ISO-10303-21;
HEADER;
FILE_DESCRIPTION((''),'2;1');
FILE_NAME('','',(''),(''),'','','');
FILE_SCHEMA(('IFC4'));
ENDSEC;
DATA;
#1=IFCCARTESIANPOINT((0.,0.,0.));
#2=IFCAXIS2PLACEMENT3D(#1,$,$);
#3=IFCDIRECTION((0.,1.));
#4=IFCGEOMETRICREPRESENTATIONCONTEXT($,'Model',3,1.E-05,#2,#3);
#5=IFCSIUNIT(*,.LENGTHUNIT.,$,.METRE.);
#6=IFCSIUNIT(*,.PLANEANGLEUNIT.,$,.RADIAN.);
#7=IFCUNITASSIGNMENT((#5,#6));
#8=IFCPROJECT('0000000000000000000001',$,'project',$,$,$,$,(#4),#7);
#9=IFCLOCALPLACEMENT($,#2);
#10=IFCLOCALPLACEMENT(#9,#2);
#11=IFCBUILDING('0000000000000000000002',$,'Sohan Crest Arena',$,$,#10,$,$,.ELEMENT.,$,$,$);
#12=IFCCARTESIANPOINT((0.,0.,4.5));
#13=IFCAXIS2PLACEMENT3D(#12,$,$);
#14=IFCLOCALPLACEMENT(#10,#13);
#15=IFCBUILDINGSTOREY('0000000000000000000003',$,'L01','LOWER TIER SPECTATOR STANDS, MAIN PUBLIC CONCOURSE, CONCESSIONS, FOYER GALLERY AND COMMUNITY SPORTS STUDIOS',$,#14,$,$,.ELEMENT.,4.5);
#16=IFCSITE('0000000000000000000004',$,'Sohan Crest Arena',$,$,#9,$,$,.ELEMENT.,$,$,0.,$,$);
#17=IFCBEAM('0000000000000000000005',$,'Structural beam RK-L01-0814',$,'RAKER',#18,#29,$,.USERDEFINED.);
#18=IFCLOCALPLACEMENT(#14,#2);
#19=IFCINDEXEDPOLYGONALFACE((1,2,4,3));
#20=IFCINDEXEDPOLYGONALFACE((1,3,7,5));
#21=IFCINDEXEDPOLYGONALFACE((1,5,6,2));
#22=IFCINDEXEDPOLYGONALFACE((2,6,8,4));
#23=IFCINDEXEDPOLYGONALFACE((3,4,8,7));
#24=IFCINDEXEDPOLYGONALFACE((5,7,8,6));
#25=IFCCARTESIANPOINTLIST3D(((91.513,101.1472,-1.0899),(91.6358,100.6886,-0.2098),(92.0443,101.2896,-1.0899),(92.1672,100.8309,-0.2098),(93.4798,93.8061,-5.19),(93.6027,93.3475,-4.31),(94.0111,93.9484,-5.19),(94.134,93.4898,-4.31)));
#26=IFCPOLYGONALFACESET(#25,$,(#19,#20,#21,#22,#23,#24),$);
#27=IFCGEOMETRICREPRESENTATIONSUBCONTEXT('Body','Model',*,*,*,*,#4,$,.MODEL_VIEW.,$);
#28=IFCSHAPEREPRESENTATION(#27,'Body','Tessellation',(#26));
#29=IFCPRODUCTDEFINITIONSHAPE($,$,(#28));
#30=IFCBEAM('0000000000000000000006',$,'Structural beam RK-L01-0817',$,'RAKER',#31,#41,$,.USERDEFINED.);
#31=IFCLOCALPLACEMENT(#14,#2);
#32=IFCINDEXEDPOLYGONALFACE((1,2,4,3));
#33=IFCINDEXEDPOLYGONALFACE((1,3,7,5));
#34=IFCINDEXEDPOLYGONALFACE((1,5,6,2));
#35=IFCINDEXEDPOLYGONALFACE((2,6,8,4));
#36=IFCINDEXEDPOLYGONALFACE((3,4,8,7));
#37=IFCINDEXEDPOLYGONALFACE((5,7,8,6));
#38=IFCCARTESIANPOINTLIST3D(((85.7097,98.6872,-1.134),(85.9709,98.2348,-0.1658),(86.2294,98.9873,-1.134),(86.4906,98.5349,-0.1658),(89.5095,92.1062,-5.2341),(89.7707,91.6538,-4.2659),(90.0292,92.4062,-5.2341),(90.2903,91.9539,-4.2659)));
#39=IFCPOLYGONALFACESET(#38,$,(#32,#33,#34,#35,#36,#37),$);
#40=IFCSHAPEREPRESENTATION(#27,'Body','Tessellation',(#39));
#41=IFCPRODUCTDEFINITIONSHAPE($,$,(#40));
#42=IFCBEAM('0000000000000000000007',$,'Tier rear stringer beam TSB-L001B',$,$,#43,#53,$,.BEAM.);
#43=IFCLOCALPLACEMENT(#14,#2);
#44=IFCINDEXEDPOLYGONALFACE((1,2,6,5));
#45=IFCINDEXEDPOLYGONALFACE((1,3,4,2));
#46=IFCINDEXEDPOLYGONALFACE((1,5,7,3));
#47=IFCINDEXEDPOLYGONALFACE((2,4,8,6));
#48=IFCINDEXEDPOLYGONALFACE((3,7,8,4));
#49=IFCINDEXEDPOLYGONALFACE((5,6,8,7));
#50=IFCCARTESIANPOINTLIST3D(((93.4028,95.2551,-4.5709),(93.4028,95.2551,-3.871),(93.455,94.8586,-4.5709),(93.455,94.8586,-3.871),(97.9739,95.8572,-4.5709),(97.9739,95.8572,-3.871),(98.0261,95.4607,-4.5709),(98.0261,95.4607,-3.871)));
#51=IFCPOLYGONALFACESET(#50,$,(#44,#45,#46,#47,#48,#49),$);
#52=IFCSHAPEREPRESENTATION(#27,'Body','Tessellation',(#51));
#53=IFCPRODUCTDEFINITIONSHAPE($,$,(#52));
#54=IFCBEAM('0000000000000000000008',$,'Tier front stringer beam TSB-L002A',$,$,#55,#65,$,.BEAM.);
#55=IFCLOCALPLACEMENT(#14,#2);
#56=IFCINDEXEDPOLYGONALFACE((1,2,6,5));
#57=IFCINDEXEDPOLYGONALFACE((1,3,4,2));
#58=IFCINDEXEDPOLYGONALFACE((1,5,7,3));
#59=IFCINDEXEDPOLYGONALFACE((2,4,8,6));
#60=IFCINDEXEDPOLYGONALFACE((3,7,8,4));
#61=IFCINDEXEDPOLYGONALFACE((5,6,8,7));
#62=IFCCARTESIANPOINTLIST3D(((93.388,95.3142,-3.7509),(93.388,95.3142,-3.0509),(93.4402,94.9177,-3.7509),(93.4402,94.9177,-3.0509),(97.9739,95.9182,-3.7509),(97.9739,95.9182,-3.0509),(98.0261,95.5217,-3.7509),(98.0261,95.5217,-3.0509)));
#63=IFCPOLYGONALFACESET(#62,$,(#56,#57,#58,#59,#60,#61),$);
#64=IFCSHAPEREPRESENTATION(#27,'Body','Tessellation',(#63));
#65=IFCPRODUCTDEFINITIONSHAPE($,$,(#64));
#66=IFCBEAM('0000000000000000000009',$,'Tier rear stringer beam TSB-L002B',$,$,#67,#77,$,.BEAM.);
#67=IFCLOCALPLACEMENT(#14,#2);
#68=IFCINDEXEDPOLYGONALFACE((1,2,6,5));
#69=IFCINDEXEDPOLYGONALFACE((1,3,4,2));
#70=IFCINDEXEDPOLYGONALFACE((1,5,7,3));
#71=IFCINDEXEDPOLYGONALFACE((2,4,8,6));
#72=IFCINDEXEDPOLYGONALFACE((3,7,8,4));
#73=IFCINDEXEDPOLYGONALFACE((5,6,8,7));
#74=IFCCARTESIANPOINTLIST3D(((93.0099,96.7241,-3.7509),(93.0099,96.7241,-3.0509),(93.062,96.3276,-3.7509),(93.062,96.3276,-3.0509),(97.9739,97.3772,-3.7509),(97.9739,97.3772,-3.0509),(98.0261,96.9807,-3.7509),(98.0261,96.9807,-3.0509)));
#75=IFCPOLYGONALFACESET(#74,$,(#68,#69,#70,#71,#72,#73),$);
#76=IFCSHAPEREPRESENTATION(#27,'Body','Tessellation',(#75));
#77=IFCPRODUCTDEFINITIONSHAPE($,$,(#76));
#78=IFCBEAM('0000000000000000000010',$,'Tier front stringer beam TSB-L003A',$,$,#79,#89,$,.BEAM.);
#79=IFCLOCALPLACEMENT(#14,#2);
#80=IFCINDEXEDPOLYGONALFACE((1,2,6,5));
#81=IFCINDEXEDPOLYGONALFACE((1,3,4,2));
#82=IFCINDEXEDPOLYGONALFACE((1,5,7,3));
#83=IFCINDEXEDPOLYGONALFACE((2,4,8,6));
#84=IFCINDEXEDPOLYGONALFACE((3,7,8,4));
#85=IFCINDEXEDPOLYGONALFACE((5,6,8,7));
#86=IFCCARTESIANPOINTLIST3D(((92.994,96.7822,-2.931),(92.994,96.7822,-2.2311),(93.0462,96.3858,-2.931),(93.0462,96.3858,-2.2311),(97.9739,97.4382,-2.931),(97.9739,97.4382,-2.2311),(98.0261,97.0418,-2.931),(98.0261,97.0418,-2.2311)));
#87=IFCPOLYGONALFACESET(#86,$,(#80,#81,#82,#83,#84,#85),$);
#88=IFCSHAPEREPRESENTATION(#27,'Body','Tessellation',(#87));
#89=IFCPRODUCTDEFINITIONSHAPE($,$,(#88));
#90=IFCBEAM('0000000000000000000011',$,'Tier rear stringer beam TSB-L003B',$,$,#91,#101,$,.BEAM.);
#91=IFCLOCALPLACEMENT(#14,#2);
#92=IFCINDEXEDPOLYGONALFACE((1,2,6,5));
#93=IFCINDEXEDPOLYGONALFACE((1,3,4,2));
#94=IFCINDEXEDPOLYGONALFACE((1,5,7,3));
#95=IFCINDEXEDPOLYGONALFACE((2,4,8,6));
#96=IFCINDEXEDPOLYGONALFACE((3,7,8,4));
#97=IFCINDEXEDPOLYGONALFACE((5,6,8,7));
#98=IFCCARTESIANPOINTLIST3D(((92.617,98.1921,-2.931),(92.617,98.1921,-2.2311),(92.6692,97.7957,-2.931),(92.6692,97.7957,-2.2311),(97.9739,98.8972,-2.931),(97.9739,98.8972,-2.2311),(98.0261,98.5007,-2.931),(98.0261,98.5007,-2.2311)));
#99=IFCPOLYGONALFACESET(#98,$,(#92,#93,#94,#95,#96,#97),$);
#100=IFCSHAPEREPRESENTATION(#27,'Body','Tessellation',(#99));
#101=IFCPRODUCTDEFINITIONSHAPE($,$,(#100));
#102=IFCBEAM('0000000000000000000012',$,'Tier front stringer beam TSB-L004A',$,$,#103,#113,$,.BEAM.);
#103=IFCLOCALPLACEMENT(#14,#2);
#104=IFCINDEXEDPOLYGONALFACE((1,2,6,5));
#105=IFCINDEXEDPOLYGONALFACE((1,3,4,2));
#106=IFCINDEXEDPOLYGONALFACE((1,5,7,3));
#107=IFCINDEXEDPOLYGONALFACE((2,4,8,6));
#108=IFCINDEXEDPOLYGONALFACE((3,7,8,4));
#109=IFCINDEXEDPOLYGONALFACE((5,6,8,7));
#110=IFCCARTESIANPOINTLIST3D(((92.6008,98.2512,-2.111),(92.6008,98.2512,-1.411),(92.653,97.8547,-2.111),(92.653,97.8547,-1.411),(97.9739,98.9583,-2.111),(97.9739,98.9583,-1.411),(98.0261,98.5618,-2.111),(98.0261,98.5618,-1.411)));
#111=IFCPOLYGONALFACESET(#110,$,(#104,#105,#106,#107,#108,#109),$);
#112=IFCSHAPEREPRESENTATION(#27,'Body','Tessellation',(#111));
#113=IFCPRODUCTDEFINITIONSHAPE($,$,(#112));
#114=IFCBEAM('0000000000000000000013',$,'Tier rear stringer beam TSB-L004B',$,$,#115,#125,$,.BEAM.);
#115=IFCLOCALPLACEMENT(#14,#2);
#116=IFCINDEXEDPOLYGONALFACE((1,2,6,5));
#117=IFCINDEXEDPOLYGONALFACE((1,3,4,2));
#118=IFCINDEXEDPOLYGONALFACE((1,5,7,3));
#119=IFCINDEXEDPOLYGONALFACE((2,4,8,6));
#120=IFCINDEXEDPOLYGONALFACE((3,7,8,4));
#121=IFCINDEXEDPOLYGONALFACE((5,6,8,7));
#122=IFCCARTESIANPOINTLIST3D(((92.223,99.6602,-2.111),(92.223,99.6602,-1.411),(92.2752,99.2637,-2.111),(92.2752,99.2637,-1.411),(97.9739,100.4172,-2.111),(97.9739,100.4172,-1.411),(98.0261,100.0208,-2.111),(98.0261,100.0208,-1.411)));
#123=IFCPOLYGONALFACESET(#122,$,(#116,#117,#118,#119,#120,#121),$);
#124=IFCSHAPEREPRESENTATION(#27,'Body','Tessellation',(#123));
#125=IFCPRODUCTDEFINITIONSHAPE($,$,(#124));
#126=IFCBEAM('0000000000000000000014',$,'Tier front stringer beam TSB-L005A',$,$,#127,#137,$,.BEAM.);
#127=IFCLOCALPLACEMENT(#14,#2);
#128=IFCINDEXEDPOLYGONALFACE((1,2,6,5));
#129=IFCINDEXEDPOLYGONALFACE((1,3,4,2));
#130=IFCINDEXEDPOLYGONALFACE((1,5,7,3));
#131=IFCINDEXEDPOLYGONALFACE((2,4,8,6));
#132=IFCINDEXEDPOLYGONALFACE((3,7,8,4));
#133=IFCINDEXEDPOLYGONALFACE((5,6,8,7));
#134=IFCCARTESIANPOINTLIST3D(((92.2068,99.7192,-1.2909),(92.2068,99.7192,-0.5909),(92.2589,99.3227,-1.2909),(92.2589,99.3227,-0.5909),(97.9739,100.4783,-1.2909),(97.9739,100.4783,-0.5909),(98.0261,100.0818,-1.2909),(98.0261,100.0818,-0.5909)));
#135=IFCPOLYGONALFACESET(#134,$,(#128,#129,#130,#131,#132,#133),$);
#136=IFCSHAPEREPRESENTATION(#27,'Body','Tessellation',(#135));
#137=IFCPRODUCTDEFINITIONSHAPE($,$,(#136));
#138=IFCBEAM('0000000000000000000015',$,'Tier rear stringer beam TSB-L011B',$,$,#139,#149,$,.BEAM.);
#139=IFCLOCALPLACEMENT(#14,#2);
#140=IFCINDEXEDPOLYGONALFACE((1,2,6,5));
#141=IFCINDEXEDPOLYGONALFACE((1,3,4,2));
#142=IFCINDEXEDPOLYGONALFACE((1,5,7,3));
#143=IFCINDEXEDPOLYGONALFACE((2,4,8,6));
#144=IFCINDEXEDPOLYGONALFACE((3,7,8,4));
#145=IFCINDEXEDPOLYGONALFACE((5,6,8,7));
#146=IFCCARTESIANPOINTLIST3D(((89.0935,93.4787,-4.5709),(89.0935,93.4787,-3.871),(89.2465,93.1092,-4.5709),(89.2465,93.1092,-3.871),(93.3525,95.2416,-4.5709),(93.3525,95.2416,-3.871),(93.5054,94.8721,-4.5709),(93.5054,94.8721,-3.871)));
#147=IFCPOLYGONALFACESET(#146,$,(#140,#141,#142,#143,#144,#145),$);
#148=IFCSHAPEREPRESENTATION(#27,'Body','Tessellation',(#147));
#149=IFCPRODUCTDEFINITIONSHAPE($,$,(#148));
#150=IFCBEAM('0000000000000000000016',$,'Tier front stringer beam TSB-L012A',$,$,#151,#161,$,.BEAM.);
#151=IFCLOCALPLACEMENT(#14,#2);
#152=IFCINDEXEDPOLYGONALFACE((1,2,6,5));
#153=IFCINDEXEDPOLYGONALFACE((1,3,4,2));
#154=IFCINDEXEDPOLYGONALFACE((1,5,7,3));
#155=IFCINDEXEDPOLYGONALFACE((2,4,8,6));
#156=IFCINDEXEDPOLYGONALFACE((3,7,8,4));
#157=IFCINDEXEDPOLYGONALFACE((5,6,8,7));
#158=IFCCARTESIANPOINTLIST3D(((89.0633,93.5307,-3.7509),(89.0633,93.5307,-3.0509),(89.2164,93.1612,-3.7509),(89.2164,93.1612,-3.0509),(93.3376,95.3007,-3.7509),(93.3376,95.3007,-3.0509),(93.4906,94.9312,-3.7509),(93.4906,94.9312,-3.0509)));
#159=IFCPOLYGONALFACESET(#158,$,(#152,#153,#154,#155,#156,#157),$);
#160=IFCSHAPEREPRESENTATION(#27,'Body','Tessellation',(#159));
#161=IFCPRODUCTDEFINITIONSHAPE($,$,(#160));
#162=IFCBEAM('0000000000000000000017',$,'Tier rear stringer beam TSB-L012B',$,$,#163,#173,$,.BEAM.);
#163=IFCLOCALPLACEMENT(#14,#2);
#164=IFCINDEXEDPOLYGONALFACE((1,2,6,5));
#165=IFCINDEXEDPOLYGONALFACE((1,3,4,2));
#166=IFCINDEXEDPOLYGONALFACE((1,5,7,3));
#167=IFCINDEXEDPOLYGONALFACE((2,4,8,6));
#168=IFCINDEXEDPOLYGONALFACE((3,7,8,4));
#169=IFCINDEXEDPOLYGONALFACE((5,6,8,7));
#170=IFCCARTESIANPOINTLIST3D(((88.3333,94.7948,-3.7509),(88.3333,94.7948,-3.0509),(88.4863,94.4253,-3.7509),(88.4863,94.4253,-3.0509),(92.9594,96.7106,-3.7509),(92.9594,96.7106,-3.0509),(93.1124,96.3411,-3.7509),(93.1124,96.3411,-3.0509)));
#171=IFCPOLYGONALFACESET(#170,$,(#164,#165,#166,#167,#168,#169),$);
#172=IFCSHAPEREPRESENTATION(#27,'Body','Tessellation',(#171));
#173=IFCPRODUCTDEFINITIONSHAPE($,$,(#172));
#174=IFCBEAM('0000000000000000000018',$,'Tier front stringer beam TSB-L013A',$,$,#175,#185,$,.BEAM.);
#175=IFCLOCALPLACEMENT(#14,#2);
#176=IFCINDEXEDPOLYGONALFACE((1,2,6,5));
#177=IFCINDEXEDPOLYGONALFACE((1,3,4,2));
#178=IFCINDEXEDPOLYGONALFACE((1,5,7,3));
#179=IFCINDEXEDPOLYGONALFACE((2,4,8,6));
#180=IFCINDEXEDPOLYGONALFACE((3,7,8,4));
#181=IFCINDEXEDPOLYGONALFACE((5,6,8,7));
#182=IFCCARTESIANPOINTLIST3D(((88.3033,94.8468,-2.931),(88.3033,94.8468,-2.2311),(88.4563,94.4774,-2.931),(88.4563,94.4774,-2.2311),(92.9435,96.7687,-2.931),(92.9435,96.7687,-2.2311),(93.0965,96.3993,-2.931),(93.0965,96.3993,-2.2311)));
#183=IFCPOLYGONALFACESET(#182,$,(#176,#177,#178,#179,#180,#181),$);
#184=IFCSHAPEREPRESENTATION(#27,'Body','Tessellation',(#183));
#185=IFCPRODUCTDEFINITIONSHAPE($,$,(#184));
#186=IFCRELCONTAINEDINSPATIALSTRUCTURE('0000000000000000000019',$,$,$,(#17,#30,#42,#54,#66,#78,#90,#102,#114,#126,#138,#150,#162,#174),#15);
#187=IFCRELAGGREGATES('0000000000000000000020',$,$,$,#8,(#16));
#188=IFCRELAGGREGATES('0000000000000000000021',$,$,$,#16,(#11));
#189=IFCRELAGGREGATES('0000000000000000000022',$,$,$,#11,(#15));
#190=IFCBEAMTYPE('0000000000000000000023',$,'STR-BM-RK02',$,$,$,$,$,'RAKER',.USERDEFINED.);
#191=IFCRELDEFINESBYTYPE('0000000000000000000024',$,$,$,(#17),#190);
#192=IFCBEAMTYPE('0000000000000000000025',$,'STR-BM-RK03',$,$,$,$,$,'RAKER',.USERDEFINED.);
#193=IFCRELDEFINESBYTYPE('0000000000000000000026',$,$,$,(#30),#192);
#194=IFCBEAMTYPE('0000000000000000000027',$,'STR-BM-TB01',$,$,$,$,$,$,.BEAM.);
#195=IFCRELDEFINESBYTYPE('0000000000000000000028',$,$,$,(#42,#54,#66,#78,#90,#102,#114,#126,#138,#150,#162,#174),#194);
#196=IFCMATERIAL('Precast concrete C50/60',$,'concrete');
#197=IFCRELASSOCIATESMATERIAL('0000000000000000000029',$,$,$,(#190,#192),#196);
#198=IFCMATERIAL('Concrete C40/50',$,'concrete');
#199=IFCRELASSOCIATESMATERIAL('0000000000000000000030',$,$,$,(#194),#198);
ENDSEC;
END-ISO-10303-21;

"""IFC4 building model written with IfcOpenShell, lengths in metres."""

from ifc_helpers import new_model, si_unit, direction, frame, origin, origin_2d, place, context, subcontext, project, spatial, rectangle, extrude, material, material_profile, profile_set, type_object, element, save


model = new_model("IFC4")

# Units and contexts
model_context = context("Model", 3, precision=1e-05, world=origin(), true_north=direction((0.0, 1.0)))
body_context = subcontext(model_context, "Body", "Model", "MODEL_VIEW")
ifc_project = project(units=[si_unit("LENGTHUNIT", "METRE"), si_unit("PLANEANGLEUNIT", "RADIAN")], contexts=[model_context])

# Site, building, storey
site_placement = place(None, origin())
site = spatial("IfcSite", under=ifc_project, at=site_placement, Name="Sohan Crest Arena", CompositionType="ELEMENT", RefElevation=0.0)
building_placement = place(site_placement, origin())
building = spatial("IfcBuilding", under=site, at=building_placement, Name="Sohan Crest Arena", CompositionType="ELEMENT")
storey_placement = place(building_placement, frame((0.0, 0.0, 4.5)))
storey = spatial("IfcBuildingStorey", under=building, at=storey_placement, Name="L01", Description="LOWER TIER SPECTATOR STANDS, MAIN PUBLIC CONCOURSE, CONCESSIONS, FOYER GALLERY AND COMMUNITY SPORTS STUDIOS", CompositionType="ELEMENT", Elevation=4.5)

# Shared definitions
ifc_material_1 = material(Name="Concrete C40/50", Category="concrete")

# Beams
ifc_material_2 = material(Name="Precast concrete C50/60", Category="concrete")
ifc_material_profile_1 = material_profile(ifc_material_2, rectangle(XDim=0.55, YDim=1.0, at=origin_2d()), Name="RAKER 550x1000")
ifc_profile_set_1 = profile_set([ifc_material_profile_1], Name="Precast concrete C50/60")
beam_type_1 = type_object("IfcBeamType", Name="STR-BM-RK02", ElementType="RAKER", PredefinedType="USERDEFINED", material=ifc_profile_set_1)
beam_1_placement = place(storey_placement, frame((93.8069, 93.6479, -4.75), z_axis=(-0.22776, 0.850112, 0.474801), x_axis=(-0.965934, -0.25879, 0.0)))
element("IfcBeam", 1, at=beam_1_placement, inside=storey, type_object=beam_type_1, Name="Structural beam RK-L01-0814", ObjectType="RAKER", PredefinedType="USERDEFINED", context=body_context, shape_type="SweptSolid", body=[
    extrude(rectangle(XDim=0.55, YDim=1.0, at=origin_2d()), origin(), (0.0, 0.0, 1.0), 8.6355),
])
ifc_material_profile_2 = material_profile(ifc_material_2, rectangle(XDim=0.6001, YDim=1.1001, at=origin_2d()), Name="RAKER 600x1100")
ifc_profile_set_2 = profile_set([ifc_material_profile_2], Name="Precast concrete C50/60")
beam_type_2 = type_object("IfcBeamType", Name="STR-BM-RK03", ElementType="RAKER", PredefinedType="USERDEFINED", material=ifc_profile_set_2)
beam_2_placement = place(storey_placement, frame((89.8999, 92.03, -4.75), z_axis=(-0.440058, 0.762156, 0.474835), x_axis=(-0.866012, -0.500023, 0.0)))
element("IfcBeam", 2, at=beam_2_placement, inside=storey, type_object=beam_type_2, Name="Structural beam RK-L01-0817", ObjectType="RAKER", PredefinedType="USERDEFINED", context=body_context, shape_type="SweptSolid", body=[
    extrude(rectangle(XDim=0.6001, YDim=1.1001, at=origin_2d()), origin(), (0.0, 0.0, 1.0), 8.6348),
])
ifc_material_profile_3 = material_profile(ifc_material_1, rectangle(XDim=0.3999, YDim=0.7, at=origin_2d()), Name="RC-BM 400x700")
ifc_profile_set_3 = profile_set([ifc_material_profile_3], Name="Concrete C40/50")
beam_type_3 = type_object("IfcBeamType", Name="STR-BM-TB01", PredefinedType="BEAM", material=ifc_profile_set_3)
beam_3_placement = place(storey_placement, frame((98.0, 95.6589, -4.2209), z_axis=(-0.991438, -0.130582, 0.0), x_axis=(0.130582, -0.991438, 0.0)))
element("IfcBeam", 3, at=beam_3_placement, inside=storey, type_object=beam_type_3, Name="Tier rear stringer beam TSB-L001B", PredefinedType="BEAM", context=body_context, shape_type="SweptSolid", body=[
    extrude(rectangle(XDim=0.3999, YDim=0.7, at=origin_2d()), origin(), (0.0, 0.0, 1.0), 4.6106),
])
beam_4_placement = place(storey_placement, frame((98.0, 95.72, -3.4009), z_axis=(-0.991438, -0.13058, 0.0), x_axis=(0.13058, -0.991438, 0.0)))
element("IfcBeam", 4, at=beam_4_placement, inside=storey, type_object=beam_type_3, Name="Tier front stringer beam TSB-L002A", PredefinedType="BEAM", context=body_context, shape_type="SweptSolid", body=[
    extrude(rectangle(XDim=0.3999, YDim=0.7, at=origin_2d()), origin(), (0.0, 0.0, 1.0), 4.6255),
])
beam_5_placement = place(storey_placement, frame((98.0, 97.179, -3.4009), z_axis=(-0.991457, -0.130436, 0.0), x_axis=(0.130436, -0.991457, 0.0)))
element("IfcBeam", 5, at=beam_5_placement, inside=storey, type_object=beam_type_3, Name="Tier rear stringer beam TSB-L002B", PredefinedType="BEAM", context=body_context, shape_type="SweptSolid", body=[
    extrude(rectangle(XDim=0.3999, YDim=0.7, at=origin_2d()), origin(), (0.0, 0.0, 1.0), 5.0068),
])
beam_6_placement = place(storey_placement, frame((98.0, 97.24, -2.5811), z_axis=(-0.991435, -0.1306, 0.0), x_axis=(0.1306, -0.991435, 0.0)))
element("IfcBeam", 6, at=beam_6_placement, inside=storey, type_object=beam_type_3, Name="Tier front stringer beam TSB-L003A", PredefinedType="BEAM", context=body_context, shape_type="SweptSolid", body=[
    extrude(rectangle(XDim=0.3999, YDim=0.7, at=origin_2d()), origin(), (0.0, 0.0, 1.0), 5.0229),
])
beam_7_placement = place(storey_placement, frame((98.0, 98.699, -2.5811), z_axis=(-0.991449, -0.130494, 0.0), x_axis=(0.130494, -0.991449, 0.0)))
element("IfcBeam", 7, at=beam_7_placement, inside=storey, type_object=beam_type_3, Name="Tier rear stringer beam TSB-L003B", PredefinedType="BEAM", context=body_context, shape_type="SweptSolid", body=[
    extrude(rectangle(XDim=0.3999, YDim=0.7, at=origin_2d()), origin(), (0.0, 0.0, 1.0), 5.4031),
])
beam_8_placement = place(storey_placement, frame((98.0, 98.76, -1.761), z_axis=(-0.991453, -0.130464, 0.0), x_axis=(0.130464, -0.991453, 0.0)))
element("IfcBeam", 8, at=beam_8_placement, inside=storey, type_object=beam_type_3, Name="Tier front stringer beam TSB-L004A", PredefinedType="BEAM", context=body_context, shape_type="SweptSolid", body=[
    extrude(rectangle(XDim=0.3999, YDim=0.7, at=origin_2d()), origin(), (0.0, 0.0, 1.0), 5.4194),
])
beam_9_placement = place(storey_placement, frame((98.0, 100.219, -1.761), z_axis=(-0.991446, -0.130518, 0.0), x_axis=(0.130518, -0.991446, 0.0)))
element("IfcBeam", 9, at=beam_9_placement, inside=storey, type_object=beam_type_3, Name="Tier rear stringer beam TSB-L004B", PredefinedType="BEAM", context=body_context, shape_type="SweptSolid", body=[
    extrude(rectangle(XDim=0.3999, YDim=0.7, at=origin_2d()), origin(), (0.0, 0.0, 1.0), 5.8005),
])
beam_10_placement = place(storey_placement, frame((98.0, 100.28, -0.9409), z_axis=(-0.99145, -0.130489, 0.0), x_axis=(0.130489, -0.99145, 0.0)))
element("IfcBeam", 10, at=beam_10_placement, inside=storey, type_object=beam_type_3, Name="Tier front stringer beam TSB-L005A", PredefinedType="BEAM", context=body_context, shape_type="SweptSolid", body=[
    extrude(rectangle(XDim=0.3999, YDim=0.7, at=origin_2d()), origin(), (0.0, 0.0, 1.0), 5.8169),
])
beam_11_placement = place(storey_placement, frame((93.429, 95.0569, -4.2209), z_axis=(-0.923972, -0.382459, 0.0), x_axis=(0.382459, -0.923972, 0.0)))
element("IfcBeam", 11, at=beam_11_placement, inside=storey, type_object=beam_type_3, Name="Tier rear stringer beam TSB-L011B", PredefinedType="BEAM", context=body_context, shape_type="SweptSolid", body=[
    extrude(rectangle(XDim=0.3999, YDim=0.7, at=origin_2d()), origin(), (0.0, 0.0, 1.0), 4.6094),
])
beam_12_placement = place(storey_placement, frame((93.4141, 95.116, -3.4009), z_axis=(-0.92391, -0.38261, 0.0), x_axis=(0.38261, -0.92391, 0.0)))
element("IfcBeam", 12, at=beam_12_placement, inside=storey, type_object=beam_type_3, Name="Tier front stringer beam TSB-L012A", PredefinedType="BEAM", context=body_context, shape_type="SweptSolid", body=[
    extrude(rectangle(XDim=0.3999, YDim=0.7, at=origin_2d()), origin(), (0.0, 0.0, 1.0), 4.6262),
])
beam_13_placement = place(storey_placement, frame((93.0359, 96.5259, -3.4009), z_axis=(-0.923906, -0.38262, 0.0), x_axis=(0.38262, -0.923906, 0.0)))
element("IfcBeam", 13, at=beam_13_placement, inside=storey, type_object=beam_type_3, Name="Tier rear stringer beam TSB-L012B", PredefinedType="BEAM", context=body_context, shape_type="SweptSolid", body=[
    extrude(rectangle(XDim=0.3999, YDim=0.7, at=origin_2d()), origin(), (0.0, 0.0, 1.0), 5.0071),
])
beam_14_placement = place(storey_placement, frame((93.02, 96.584, -2.5811), z_axis=(-0.923889, -0.382661, 0.0), x_axis=(0.382661, -0.923889, 0.0)))
element("IfcBeam", 14, at=beam_14_placement, inside=storey, type_object=beam_type_3, Name="Tier front stringer beam TSB-L013A", PredefinedType="BEAM", context=body_context, shape_type="SweptSolid", body=[
    extrude(rectangle(XDim=0.3999, YDim=0.7, at=origin_2d()), origin(), (0.0, 0.0, 1.0), 5.0225),
])

save(model, "model.ifc")
